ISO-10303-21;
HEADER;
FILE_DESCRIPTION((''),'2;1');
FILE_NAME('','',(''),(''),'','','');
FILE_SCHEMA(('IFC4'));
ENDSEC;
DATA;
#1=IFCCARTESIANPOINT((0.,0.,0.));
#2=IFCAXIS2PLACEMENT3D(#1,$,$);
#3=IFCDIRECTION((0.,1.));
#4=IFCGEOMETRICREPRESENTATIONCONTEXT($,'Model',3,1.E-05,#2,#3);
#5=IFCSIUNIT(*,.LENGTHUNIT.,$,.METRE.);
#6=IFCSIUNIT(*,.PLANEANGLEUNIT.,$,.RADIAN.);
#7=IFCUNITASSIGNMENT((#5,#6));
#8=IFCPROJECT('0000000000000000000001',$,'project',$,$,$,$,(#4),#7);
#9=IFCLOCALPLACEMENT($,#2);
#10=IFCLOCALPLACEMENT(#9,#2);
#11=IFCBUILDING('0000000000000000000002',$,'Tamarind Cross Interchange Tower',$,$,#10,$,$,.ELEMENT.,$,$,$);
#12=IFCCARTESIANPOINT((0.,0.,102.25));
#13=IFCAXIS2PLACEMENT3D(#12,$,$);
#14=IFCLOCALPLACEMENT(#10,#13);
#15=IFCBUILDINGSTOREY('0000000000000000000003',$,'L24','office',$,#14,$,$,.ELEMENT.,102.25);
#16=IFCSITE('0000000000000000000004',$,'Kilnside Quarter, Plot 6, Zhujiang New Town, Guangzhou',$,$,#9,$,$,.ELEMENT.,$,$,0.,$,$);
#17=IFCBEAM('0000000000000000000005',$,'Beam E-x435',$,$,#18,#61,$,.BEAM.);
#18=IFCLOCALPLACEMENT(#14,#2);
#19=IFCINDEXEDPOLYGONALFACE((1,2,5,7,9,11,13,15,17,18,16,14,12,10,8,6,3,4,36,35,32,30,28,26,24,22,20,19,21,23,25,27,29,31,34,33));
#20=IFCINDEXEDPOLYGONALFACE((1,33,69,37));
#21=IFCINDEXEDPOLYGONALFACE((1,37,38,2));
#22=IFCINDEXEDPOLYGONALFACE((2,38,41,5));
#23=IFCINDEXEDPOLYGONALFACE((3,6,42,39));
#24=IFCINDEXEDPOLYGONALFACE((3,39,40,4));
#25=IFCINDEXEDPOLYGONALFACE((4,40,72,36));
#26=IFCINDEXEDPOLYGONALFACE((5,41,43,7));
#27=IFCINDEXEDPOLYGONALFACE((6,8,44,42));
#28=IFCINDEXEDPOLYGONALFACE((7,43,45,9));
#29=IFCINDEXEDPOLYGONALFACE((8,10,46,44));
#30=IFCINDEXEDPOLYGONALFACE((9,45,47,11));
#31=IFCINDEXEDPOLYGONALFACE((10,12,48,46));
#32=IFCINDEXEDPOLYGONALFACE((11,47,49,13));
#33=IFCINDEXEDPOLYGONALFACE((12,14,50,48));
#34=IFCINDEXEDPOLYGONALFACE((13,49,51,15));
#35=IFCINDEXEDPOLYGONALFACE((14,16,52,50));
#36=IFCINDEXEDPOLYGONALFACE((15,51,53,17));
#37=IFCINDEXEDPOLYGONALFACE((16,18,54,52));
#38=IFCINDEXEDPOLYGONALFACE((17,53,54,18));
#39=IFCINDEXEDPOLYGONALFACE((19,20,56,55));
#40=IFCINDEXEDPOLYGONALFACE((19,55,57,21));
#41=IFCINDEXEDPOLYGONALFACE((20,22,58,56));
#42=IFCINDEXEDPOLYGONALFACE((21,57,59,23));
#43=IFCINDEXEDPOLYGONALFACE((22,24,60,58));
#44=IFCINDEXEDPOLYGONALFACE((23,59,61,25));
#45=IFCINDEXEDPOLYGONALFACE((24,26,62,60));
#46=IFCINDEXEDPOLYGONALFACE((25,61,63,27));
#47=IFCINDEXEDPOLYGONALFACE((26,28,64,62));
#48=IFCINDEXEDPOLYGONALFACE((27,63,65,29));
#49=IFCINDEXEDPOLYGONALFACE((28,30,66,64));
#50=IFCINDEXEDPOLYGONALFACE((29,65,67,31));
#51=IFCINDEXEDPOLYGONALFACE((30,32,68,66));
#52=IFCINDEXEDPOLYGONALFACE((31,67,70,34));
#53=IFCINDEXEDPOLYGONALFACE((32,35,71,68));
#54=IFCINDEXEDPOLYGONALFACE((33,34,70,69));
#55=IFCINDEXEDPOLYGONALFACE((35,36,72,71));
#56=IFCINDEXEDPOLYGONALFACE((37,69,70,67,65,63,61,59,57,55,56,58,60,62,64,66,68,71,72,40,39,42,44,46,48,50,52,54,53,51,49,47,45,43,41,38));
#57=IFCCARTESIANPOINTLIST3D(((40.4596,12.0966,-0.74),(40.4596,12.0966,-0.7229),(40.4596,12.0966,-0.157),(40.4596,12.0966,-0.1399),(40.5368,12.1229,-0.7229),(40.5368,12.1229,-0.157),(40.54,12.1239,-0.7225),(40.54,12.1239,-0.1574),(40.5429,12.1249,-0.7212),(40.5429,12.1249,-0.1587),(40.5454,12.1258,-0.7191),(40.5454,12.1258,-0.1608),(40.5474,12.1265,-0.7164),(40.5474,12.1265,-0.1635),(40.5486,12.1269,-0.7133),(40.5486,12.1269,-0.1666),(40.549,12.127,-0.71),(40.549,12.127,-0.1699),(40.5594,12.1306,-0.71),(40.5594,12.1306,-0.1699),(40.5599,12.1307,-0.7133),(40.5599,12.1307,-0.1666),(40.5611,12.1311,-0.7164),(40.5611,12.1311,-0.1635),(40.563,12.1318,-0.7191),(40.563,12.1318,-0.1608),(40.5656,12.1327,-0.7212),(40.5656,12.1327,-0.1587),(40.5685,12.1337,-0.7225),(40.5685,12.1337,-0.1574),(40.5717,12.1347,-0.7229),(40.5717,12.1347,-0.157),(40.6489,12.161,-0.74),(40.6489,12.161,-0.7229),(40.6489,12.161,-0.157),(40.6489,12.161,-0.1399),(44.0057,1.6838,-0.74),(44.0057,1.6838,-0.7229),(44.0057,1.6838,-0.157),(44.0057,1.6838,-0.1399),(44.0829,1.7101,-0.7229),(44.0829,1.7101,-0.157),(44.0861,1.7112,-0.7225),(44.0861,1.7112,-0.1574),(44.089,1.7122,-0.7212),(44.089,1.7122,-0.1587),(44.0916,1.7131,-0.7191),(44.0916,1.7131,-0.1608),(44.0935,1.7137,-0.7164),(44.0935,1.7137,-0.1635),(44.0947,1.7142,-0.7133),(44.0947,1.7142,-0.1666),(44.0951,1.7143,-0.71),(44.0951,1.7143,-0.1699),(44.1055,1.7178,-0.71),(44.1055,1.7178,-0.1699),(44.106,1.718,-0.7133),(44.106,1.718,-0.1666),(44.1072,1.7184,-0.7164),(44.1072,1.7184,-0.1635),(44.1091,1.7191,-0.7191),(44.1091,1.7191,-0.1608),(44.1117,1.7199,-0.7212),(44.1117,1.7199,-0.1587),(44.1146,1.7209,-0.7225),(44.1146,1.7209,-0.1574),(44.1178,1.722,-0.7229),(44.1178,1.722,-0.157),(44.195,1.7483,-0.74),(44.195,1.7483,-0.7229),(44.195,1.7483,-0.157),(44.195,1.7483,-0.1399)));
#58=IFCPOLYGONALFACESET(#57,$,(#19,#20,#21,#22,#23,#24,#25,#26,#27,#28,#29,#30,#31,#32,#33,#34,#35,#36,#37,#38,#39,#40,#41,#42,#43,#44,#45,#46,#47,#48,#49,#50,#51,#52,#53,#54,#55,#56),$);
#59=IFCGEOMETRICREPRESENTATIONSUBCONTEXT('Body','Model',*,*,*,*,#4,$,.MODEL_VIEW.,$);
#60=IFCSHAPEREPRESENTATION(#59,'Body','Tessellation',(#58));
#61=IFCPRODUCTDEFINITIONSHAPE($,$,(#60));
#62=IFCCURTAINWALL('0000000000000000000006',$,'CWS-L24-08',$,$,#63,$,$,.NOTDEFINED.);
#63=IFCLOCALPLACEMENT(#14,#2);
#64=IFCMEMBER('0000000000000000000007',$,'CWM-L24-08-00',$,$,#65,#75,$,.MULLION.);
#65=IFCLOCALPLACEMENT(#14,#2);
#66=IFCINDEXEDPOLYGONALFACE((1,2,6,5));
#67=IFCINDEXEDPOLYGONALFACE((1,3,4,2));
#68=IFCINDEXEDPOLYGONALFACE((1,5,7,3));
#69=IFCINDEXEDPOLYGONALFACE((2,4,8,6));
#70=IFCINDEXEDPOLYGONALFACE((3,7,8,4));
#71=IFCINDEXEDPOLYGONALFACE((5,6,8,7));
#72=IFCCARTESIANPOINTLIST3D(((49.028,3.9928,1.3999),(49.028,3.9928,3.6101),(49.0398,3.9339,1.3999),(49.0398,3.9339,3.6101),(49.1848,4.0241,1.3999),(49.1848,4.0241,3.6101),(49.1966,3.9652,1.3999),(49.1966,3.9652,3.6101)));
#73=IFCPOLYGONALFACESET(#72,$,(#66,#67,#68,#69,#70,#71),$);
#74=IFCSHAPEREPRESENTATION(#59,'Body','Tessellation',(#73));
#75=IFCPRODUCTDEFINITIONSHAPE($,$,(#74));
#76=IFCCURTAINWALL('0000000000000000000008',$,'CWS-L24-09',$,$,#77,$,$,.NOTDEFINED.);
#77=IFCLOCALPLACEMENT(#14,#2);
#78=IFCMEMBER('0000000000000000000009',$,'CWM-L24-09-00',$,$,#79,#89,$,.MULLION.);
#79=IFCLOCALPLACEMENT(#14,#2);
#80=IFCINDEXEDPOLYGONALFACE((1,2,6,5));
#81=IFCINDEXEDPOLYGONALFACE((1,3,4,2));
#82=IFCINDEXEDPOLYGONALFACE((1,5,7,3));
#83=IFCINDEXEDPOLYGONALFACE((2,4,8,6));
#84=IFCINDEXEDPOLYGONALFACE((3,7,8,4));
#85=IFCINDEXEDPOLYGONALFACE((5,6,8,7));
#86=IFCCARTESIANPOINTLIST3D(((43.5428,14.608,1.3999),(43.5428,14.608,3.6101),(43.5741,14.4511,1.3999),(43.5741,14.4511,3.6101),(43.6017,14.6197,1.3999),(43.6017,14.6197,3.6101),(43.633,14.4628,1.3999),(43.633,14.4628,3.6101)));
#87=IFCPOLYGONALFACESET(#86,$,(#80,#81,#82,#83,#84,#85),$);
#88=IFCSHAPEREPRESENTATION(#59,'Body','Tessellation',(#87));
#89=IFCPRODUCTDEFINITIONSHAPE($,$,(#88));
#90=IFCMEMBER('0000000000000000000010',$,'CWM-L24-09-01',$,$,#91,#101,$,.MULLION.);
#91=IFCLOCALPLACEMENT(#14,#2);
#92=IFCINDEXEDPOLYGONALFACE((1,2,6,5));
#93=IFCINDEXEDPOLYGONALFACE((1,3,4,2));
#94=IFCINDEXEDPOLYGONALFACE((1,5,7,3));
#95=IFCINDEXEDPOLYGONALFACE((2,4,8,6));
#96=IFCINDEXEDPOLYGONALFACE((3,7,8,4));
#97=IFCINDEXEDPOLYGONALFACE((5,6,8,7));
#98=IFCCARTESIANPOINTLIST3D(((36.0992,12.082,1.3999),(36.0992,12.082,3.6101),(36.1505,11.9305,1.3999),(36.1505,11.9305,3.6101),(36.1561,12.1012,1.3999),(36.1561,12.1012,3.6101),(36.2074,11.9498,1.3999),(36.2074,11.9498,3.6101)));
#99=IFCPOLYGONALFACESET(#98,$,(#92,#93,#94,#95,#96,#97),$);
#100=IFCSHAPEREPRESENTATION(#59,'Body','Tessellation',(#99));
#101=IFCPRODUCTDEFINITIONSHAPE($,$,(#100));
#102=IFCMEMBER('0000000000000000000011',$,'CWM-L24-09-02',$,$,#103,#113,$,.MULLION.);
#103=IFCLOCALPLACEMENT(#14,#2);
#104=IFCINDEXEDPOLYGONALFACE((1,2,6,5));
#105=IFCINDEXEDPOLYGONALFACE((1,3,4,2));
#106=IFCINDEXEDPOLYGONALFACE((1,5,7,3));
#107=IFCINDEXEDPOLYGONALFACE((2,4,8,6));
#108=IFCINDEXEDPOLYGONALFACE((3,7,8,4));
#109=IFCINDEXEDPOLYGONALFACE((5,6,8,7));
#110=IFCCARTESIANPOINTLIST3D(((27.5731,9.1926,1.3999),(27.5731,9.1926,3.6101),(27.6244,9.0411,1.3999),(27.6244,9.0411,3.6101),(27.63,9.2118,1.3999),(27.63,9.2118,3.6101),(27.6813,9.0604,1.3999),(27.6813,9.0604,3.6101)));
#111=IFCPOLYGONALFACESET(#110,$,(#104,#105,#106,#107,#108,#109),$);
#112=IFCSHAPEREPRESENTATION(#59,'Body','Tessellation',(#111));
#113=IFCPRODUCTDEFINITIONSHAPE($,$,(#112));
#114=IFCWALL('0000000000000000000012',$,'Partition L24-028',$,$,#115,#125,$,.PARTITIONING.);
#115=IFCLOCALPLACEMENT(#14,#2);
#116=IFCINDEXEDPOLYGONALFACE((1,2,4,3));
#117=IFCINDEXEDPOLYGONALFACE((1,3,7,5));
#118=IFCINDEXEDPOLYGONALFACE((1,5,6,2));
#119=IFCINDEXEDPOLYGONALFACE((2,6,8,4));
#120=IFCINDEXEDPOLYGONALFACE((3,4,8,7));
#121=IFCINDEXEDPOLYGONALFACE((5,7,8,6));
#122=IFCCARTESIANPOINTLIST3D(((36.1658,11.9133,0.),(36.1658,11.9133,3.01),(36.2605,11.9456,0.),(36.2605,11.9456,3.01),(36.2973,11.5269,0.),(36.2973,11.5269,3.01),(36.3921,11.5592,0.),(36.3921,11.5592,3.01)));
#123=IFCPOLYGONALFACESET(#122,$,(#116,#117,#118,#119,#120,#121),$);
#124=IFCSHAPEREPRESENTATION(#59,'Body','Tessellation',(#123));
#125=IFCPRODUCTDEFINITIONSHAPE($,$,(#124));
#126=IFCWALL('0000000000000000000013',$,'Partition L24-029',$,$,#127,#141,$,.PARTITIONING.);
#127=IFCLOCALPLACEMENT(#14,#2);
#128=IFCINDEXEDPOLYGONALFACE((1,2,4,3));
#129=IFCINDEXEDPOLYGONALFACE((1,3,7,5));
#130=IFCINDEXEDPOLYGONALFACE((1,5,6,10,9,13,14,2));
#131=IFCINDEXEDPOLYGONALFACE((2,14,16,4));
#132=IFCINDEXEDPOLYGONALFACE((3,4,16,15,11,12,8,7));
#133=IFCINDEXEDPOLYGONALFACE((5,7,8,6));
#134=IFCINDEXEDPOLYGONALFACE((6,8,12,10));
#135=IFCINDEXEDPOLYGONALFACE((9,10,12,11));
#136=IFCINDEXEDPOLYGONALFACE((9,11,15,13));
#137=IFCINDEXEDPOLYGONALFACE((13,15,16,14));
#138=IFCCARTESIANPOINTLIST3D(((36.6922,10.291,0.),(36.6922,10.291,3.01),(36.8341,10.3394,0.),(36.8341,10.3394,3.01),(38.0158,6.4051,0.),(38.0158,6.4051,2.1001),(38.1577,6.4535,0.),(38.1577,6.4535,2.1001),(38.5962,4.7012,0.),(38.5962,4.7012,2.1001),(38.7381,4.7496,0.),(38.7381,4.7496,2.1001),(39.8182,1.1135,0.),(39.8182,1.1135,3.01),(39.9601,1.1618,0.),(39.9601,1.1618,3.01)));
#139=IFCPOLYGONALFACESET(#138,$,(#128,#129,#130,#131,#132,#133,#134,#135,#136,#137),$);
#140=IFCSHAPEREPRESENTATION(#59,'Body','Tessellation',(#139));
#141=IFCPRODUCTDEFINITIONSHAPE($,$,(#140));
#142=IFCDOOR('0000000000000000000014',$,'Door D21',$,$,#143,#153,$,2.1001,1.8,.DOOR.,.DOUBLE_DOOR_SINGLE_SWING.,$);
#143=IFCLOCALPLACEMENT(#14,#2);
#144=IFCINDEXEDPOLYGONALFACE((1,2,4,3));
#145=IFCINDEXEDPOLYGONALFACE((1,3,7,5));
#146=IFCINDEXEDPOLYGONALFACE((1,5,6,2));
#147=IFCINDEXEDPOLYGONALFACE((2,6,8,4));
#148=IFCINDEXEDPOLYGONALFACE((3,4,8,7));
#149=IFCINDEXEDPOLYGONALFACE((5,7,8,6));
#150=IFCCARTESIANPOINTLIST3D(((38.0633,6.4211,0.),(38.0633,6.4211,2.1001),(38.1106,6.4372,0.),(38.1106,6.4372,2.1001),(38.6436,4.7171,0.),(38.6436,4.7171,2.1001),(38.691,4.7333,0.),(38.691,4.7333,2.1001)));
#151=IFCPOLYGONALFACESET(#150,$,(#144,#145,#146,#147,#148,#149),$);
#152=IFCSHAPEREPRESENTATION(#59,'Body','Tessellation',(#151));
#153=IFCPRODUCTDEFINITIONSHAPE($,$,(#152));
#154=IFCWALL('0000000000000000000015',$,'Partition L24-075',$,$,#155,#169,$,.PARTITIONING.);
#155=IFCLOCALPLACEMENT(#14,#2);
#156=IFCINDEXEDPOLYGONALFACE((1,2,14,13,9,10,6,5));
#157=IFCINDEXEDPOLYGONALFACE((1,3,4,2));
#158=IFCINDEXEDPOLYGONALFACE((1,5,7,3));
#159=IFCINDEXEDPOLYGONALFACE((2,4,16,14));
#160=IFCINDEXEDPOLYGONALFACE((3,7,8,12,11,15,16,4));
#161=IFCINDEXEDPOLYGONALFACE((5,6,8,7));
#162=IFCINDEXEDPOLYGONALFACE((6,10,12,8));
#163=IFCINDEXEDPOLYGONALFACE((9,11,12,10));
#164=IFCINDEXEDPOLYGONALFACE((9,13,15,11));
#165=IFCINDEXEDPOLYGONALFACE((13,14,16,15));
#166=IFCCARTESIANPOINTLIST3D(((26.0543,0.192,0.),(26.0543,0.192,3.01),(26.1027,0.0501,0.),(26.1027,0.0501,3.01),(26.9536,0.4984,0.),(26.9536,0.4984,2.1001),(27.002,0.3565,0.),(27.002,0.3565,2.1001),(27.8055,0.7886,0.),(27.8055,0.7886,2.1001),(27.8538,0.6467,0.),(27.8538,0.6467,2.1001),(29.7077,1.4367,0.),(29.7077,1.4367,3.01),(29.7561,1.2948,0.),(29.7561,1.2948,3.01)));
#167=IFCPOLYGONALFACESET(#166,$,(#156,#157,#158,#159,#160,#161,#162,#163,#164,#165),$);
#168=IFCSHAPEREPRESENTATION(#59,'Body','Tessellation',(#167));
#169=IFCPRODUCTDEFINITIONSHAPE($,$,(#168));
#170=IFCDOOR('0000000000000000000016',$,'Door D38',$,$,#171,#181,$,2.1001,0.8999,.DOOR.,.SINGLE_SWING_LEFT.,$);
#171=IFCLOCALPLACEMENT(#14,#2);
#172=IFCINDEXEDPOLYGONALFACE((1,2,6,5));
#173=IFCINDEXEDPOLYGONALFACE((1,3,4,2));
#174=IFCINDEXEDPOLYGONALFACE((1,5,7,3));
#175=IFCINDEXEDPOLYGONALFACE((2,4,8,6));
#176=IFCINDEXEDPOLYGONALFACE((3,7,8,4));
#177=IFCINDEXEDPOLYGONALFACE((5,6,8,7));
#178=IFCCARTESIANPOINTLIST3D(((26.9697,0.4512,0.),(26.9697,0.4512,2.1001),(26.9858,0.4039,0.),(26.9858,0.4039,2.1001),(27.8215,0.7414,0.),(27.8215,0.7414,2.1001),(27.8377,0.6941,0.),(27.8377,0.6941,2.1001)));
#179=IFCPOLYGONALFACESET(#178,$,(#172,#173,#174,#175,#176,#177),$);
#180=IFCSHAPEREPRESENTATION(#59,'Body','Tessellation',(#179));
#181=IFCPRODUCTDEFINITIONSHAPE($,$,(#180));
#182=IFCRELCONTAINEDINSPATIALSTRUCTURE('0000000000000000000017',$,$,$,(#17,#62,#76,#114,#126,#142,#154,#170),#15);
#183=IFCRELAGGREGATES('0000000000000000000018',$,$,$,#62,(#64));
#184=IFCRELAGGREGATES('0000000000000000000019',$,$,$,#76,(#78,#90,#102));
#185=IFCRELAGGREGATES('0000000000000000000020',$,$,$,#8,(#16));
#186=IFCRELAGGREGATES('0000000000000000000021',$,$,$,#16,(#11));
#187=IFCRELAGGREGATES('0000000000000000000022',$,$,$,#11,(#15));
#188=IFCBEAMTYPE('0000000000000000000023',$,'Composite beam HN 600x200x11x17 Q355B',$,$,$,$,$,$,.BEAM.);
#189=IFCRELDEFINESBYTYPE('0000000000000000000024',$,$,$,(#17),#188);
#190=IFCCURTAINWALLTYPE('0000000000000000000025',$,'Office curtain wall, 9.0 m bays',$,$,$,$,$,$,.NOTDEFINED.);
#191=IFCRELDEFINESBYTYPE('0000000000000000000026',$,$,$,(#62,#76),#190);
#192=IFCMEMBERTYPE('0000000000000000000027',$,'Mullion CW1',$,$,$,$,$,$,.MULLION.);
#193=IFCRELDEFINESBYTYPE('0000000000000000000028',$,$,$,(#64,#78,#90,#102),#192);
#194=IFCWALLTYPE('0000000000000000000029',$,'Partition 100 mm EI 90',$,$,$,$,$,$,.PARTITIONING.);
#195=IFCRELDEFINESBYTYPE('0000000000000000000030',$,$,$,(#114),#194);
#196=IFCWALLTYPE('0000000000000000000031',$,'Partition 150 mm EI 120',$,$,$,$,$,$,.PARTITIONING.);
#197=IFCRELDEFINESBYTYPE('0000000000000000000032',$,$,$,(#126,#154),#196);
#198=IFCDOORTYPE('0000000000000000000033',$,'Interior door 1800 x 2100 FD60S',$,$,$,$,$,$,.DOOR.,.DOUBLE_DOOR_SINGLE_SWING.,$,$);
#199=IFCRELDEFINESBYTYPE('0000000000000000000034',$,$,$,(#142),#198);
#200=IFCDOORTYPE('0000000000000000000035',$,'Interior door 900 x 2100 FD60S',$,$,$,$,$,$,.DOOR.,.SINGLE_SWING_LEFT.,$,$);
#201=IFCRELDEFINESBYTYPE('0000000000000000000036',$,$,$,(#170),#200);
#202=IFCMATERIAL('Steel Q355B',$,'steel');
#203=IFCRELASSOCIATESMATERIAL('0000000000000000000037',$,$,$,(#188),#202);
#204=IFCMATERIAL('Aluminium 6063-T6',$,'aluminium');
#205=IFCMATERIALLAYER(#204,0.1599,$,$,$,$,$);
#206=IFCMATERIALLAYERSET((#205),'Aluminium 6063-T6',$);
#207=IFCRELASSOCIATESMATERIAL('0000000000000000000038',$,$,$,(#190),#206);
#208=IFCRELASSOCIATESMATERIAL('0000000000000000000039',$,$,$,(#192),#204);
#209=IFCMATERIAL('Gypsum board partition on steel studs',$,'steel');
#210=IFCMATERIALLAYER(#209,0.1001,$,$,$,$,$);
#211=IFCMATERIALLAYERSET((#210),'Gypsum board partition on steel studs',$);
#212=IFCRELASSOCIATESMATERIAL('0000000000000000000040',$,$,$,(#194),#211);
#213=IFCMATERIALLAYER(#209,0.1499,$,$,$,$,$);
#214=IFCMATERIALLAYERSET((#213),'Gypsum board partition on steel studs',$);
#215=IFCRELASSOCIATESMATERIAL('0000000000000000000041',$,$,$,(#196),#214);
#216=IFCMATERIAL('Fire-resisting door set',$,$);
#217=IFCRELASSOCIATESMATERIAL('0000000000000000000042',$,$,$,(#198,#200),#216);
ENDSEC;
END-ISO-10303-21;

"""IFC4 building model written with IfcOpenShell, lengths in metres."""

from ifc_helpers import new_model, si_unit, direction, frame, frame_2d, origin, origin_2d, place, context, subcontext, project, spatial, rectangle, i_section, extrude, material, layer, layer_set, material_profile, profile_set, type_object, element, fill, aggregate, save


model = new_model("IFC4")

# Units and contexts
model_context = context("Model", 3, precision=1e-05, world=origin(), true_north=direction((0.0, 1.0)))
body_context = subcontext(model_context, "Body", "Model", "MODEL_VIEW")
ifc_project = project(units=[si_unit("LENGTHUNIT", "METRE"), si_unit("PLANEANGLEUNIT", "RADIAN")], contexts=[model_context])

# Site, building, storey
site_placement = place(None, origin())
site = spatial("IfcSite", under=ifc_project, at=site_placement, Name="Kilnside Quarter, Plot 6, Zhujiang New Town, Guangzhou", CompositionType="ELEMENT", RefElevation=0.0)
building_placement = place(site_placement, origin())
building = spatial("IfcBuilding", under=site, at=building_placement, Name="Tamarind Cross Interchange Tower", CompositionType="ELEMENT")
storey_placement = place(building_placement, frame((0.0, 0.0, 102.25)))
storey = spatial("IfcBuildingStorey", under=building, at=storey_placement, Name="L24", Description="office", CompositionType="ELEMENT", Elevation=102.25)

# Beam
ifc_material_1 = material(Name="Steel Q355B", Category="steel")
ifc_material_profile_1 = material_profile(ifc_material_1, i_section(OverallWidth=0.2, OverallDepth=0.6001, WebThickness=0.011, FlangeThickness=0.0171, FilletRadius=0.0129, at=origin_2d()), Name="HN 600x200x11x17")
ifc_profile_set_1 = profile_set([ifc_material_profile_1], Name="Steel Q355B")
beam_type_1 = type_object("IfcBeamType", Name="Composite beam HN 600x200x11x17 Q355B", PredefinedType="BEAM", material=ifc_profile_set_1)
for number, where, z_axis, x_axis, name in (
    (1, (44.1003, 1.7161, -0.4399), (-0.322373, 0.946613, 0.0), (-0.946613, -0.322373, 0.0), "Beam E-x435"),
):
    element("IfcBeam", number, at=place(storey_placement, frame(where, z_axis=z_axis, x_axis=x_axis)), inside=storey, type_object=beam_type_1, Name=name, PredefinedType="BEAM", context=body_context, shape_type="SweptSolid", body=[
        extrude(i_section(OverallWidth=0.2, OverallDepth=0.6001, WebThickness=0.011, FlangeThickness=0.0171, FilletRadius=0.0129, at=origin_2d()), origin(), (0.0, 0.0, 1.0), 11.0),
    ])

# Curtain wall, member
ifc_material_2 = material(Name="Aluminium 6063-T6", Category="aluminium")
ifc_layer_1 = layer(ifc_material_2, 0.1599)
ifc_layer_set_1 = layer_set([ifc_layer_1], Name="Aluminium 6063-T6")
curtain_wall_type = type_object("IfcCurtainWallType", Name="Office curtain wall, 9.0 m bays", PredefinedType="NOTDEFINED", material=ifc_layer_set_1)
curtain_wall_1_placement = place(storey_placement, origin())
curtain_wall_1 = element("IfcCurtainWall", 2, at=curtain_wall_1_placement, inside=storey, type_object=curtain_wall_type, Name="CWS-L24-08", PredefinedType="NOTDEFINED")
ifc_material_profile_2 = material_profile(ifc_material_2, rectangle(XDim=0.0601, YDim=0.1599, at=origin_2d()), Name="Mullion CW1")
ifc_profile_set_2 = profile_set([ifc_material_profile_2], Name="Aluminium 6063-T6")
member_type = type_object("IfcMemberType", Name="Mullion CW1", PredefinedType="MULLION", material=ifc_profile_set_2)
member_1_placement = place(storey_placement, frame((49.1123, 3.979, 1.3999), z_axis=(0.0, 0.0, 1.0), x_axis=(-0.196056, 0.980593, 0.0)))
member_1 = element("IfcMember", 3, at=member_1_placement, type_object=member_type, Name="CWM-L24-08-00", PredefinedType="MULLION", context=body_context, shape_type="SweptSolid", body=[
    extrude(rectangle(XDim=0.0601, YDim=0.1599, at=origin_2d()), origin(), (0.0, 0.0, 1.0), 2.2102),
])
aggregate(curtain_wall_1, [member_1])

# Curtain wall, members
curtain_wall_2_placement = place(storey_placement, origin())
curtain_wall_2 = element("IfcCurtainWall", 4, at=curtain_wall_2_placement, inside=storey, type_object=curtain_wall_type, Name="CWS-L24-09", PredefinedType="NOTDEFINED")
member_2_placement = place(storey_placement, frame((43.5879, 14.5354, 1.3999), z_axis=(0.0, 0.0, 1.0), x_axis=(-0.980739, -0.195324, 0.0)))
member_2 = element("IfcMember", 5, at=member_2_placement, type_object=member_type, Name="CWM-L24-09-00", PredefinedType="MULLION", context=body_context, shape_type="SweptSolid", body=[
    extrude(rectangle(XDim=0.0601, YDim=0.1599, at=origin_2d()), origin(), (0.0, 0.0, 1.0), 2.2102),
])
member_3_placement = place(storey_placement, frame((36.1533, 12.0159, 1.3999), z_axis=(0.0, 0.0, 1.0), x_axis=(-0.947093, -0.320959, 0.0)))
member_3 = element("IfcMember", 6, at=member_3_placement, type_object=member_type, Name="CWM-L24-09-01", PredefinedType="MULLION", context=body_context, shape_type="SweptSolid", body=[
    extrude(rectangle(XDim=0.0601, YDim=0.1599, at=origin_2d()), origin(), (0.0, 0.0, 1.0), 2.2102),
])
member_4_placement = place(storey_placement, frame((27.6272, 9.1265, 1.3999), z_axis=(0.0, 0.0, 1.0), x_axis=(-0.947093, -0.320959, 0.0)))
member_4 = element("IfcMember", 7, at=member_4_placement, type_object=member_type, Name="CWM-L24-09-02", PredefinedType="MULLION", context=body_context, shape_type="SweptSolid", body=[
    extrude(rectangle(XDim=0.0601, YDim=0.1599, at=origin_2d()), origin(), (0.0, 0.0, 1.0), 2.2102),
])
aggregate(curtain_wall_2, [member_2, member_3, member_4])

# Wall
ifc_material_3 = material(Name="Gypsum board partition on steel studs", Category="steel")
ifc_layer_2 = layer(ifc_material_3, 0.1001)
ifc_layer_set_2 = layer_set([ifc_layer_2], Name="Gypsum board partition on steel studs")
wall_type_1 = type_object("IfcWallType", Name="Partition 100 mm EI 90", PredefinedType="PARTITIONING", material=ifc_layer_set_2)
wall_1_placement = place(storey_placement, frame((36.2131, 11.9294, 0.0), z_axis=(0.0, 0.0, 1.0), x_axis=(0.322321, -0.94663, 0.0)))
element("IfcWall", 8, at=wall_1_placement, inside=storey, type_object=wall_type_1, Name="Partition L24-028", PredefinedType="PARTITIONING", context=body_context, shape_type="SweptSolid", body=[
    extrude(rectangle(XDim=0.4082, YDim=0.1001, at=frame_2d((0.2041, 0.0))), origin(), (0.0, 0.0, 1.0), 3.01),
])

# Walls, openings, doors
ifc_layer_3 = layer(ifc_material_3, 0.1499)
ifc_layer_set_3 = layer_set([ifc_layer_3], Name="Gypsum board partition on steel studs")
wall_type_2 = type_object("IfcWallType", Name="Partition 150 mm EI 120", PredefinedType="PARTITIONING", material=ifc_layer_set_3)
wall_2_placement = place(storey_placement, frame((36.7632, 10.3152, 0.0), z_axis=(0.0, 0.0, 1.0), x_axis=(0.322423, -0.946596, 0.0)))
wall_2 = element("IfcWall", 9, at=wall_2_placement, inside=storey, type_object=wall_type_2, Name="Partition L24-029", PredefinedType="PARTITIONING", context=body_context, shape_type="SweptSolid", body=[
    extrude(rectangle(XDim=9.6953, YDim=0.1499, at=frame_2d((4.8477, 0.0))), origin(), (0.0, 0.0, 1.0), 3.01),
])
opening_1_placement = place(wall_2_placement, frame((4.1052, 0.0, 0.0)))
opening_1 = element("IfcOpeningElement", 10, at=opening_1_placement, cuts=wall_2, PredefinedType="OPENING", context=body_context, shape_type="SweptSolid", body=[
    extrude(rectangle(XDim=1.8, YDim=2.1001, at=frame_2d((0.8999, 1.05))), frame((0.0, 0.085, 0.0), z_axis=(0.0, -1.0, 0.0), x_axis=(1.0, 0.0, 0.0)), (0.0, 0.0, 1.0), 0.1699),
])
ifc_material_4 = material(Name="Fire-resisting door set")
door_type_1 = type_object("IfcDoorType", Name="Interior door 1800 x 2100 FD60S", OperationType="DOUBLE_DOOR_SINGLE_SWING", PredefinedType="DOOR", material=ifc_material_4)
door_1_placement = place(opening_1_placement, frame((1.8, 0.0, 0.0), z_axis=(0.0, 0.0, 1.0), x_axis=(-1.0, 0.0, 0.0)))
door_1 = element("IfcDoor", 11, at=door_1_placement, inside=storey, type_object=door_type_1, Name="Door D21", OperationType="DOUBLE_DOOR_SINGLE_SWING", OverallHeight=2.1001, OverallWidth=1.8, PredefinedType="DOOR", context=body_context, shape_type="SweptSolid", body=[
    extrude(rectangle(XDim=1.8, YDim=2.1001, at=frame_2d((0.8999, 1.05))), frame((0.0, 0.0249, 0.0), z_axis=(0.0, -1.0, 0.0), x_axis=(1.0, 0.0, 0.0)), (0.0, 0.0, 1.0), 0.05),
])
fill(opening_1, door_1)
wall_3_placement = place(storey_placement, frame((26.0786, 0.1211, 0.0), z_axis=(0.0, 0.0, 1.0), x_axis=(0.946575, 0.322483, 0.0)))
wall_3 = element("IfcWall", 12, at=wall_3_placement, inside=storey, type_object=wall_type_2, Name="Partition L24-075", PredefinedType="PARTITIONING", context=body_context, shape_type="SweptSolid", body=[
    extrude(rectangle(XDim=3.8596, YDim=0.1499, at=frame_2d((1.9297, 0.0))), origin(), (0.0, 0.0, 1.0), 3.01),
])
opening_2_placement = place(wall_3_placement, frame((0.95, 0.0, 0.0)))
opening_2 = element("IfcOpeningElement", 13, at=opening_2_placement, cuts=wall_3, PredefinedType="OPENING", context=body_context, shape_type="SweptSolid", body=[
    extrude(rectangle(XDim=0.8999, YDim=2.1001, at=frame_2d((0.45, 1.05))), frame((0.0, 0.085, 0.0), z_axis=(0.0, -1.0, 0.0), x_axis=(1.0, 0.0, 0.0)), (0.0, 0.0, 1.0), 0.1699),
])
door_type_2 = type_object("IfcDoorType", Name="Interior door 900 x 2100 FD60S", OperationType="SINGLE_SWING_LEFT", PredefinedType="DOOR", material=ifc_material_4)
door_2_placement = place(opening_2_placement, frame((0.8999, 0.0, 0.0), z_axis=(0.0, 0.0, 1.0), x_axis=(-1.0, 0.0, 0.0)))
door_2 = element("IfcDoor", 14, at=door_2_placement, inside=storey, type_object=door_type_2, Name="Door D38", OperationType="SINGLE_SWING_LEFT", OverallHeight=2.1001, OverallWidth=0.8999, PredefinedType="DOOR", context=body_context, shape_type="SweptSolid", body=[
    extrude(rectangle(XDim=0.8999, YDim=2.1001, at=frame_2d((0.45, 1.05))), frame((0.0, 0.0249, 0.0), z_axis=(0.0, -1.0, 0.0), x_axis=(1.0, 0.0, 0.0)), (0.0, 0.0, 1.0), 0.05),
])
fill(opening_2, door_2)

save(model, "model.ifc")
